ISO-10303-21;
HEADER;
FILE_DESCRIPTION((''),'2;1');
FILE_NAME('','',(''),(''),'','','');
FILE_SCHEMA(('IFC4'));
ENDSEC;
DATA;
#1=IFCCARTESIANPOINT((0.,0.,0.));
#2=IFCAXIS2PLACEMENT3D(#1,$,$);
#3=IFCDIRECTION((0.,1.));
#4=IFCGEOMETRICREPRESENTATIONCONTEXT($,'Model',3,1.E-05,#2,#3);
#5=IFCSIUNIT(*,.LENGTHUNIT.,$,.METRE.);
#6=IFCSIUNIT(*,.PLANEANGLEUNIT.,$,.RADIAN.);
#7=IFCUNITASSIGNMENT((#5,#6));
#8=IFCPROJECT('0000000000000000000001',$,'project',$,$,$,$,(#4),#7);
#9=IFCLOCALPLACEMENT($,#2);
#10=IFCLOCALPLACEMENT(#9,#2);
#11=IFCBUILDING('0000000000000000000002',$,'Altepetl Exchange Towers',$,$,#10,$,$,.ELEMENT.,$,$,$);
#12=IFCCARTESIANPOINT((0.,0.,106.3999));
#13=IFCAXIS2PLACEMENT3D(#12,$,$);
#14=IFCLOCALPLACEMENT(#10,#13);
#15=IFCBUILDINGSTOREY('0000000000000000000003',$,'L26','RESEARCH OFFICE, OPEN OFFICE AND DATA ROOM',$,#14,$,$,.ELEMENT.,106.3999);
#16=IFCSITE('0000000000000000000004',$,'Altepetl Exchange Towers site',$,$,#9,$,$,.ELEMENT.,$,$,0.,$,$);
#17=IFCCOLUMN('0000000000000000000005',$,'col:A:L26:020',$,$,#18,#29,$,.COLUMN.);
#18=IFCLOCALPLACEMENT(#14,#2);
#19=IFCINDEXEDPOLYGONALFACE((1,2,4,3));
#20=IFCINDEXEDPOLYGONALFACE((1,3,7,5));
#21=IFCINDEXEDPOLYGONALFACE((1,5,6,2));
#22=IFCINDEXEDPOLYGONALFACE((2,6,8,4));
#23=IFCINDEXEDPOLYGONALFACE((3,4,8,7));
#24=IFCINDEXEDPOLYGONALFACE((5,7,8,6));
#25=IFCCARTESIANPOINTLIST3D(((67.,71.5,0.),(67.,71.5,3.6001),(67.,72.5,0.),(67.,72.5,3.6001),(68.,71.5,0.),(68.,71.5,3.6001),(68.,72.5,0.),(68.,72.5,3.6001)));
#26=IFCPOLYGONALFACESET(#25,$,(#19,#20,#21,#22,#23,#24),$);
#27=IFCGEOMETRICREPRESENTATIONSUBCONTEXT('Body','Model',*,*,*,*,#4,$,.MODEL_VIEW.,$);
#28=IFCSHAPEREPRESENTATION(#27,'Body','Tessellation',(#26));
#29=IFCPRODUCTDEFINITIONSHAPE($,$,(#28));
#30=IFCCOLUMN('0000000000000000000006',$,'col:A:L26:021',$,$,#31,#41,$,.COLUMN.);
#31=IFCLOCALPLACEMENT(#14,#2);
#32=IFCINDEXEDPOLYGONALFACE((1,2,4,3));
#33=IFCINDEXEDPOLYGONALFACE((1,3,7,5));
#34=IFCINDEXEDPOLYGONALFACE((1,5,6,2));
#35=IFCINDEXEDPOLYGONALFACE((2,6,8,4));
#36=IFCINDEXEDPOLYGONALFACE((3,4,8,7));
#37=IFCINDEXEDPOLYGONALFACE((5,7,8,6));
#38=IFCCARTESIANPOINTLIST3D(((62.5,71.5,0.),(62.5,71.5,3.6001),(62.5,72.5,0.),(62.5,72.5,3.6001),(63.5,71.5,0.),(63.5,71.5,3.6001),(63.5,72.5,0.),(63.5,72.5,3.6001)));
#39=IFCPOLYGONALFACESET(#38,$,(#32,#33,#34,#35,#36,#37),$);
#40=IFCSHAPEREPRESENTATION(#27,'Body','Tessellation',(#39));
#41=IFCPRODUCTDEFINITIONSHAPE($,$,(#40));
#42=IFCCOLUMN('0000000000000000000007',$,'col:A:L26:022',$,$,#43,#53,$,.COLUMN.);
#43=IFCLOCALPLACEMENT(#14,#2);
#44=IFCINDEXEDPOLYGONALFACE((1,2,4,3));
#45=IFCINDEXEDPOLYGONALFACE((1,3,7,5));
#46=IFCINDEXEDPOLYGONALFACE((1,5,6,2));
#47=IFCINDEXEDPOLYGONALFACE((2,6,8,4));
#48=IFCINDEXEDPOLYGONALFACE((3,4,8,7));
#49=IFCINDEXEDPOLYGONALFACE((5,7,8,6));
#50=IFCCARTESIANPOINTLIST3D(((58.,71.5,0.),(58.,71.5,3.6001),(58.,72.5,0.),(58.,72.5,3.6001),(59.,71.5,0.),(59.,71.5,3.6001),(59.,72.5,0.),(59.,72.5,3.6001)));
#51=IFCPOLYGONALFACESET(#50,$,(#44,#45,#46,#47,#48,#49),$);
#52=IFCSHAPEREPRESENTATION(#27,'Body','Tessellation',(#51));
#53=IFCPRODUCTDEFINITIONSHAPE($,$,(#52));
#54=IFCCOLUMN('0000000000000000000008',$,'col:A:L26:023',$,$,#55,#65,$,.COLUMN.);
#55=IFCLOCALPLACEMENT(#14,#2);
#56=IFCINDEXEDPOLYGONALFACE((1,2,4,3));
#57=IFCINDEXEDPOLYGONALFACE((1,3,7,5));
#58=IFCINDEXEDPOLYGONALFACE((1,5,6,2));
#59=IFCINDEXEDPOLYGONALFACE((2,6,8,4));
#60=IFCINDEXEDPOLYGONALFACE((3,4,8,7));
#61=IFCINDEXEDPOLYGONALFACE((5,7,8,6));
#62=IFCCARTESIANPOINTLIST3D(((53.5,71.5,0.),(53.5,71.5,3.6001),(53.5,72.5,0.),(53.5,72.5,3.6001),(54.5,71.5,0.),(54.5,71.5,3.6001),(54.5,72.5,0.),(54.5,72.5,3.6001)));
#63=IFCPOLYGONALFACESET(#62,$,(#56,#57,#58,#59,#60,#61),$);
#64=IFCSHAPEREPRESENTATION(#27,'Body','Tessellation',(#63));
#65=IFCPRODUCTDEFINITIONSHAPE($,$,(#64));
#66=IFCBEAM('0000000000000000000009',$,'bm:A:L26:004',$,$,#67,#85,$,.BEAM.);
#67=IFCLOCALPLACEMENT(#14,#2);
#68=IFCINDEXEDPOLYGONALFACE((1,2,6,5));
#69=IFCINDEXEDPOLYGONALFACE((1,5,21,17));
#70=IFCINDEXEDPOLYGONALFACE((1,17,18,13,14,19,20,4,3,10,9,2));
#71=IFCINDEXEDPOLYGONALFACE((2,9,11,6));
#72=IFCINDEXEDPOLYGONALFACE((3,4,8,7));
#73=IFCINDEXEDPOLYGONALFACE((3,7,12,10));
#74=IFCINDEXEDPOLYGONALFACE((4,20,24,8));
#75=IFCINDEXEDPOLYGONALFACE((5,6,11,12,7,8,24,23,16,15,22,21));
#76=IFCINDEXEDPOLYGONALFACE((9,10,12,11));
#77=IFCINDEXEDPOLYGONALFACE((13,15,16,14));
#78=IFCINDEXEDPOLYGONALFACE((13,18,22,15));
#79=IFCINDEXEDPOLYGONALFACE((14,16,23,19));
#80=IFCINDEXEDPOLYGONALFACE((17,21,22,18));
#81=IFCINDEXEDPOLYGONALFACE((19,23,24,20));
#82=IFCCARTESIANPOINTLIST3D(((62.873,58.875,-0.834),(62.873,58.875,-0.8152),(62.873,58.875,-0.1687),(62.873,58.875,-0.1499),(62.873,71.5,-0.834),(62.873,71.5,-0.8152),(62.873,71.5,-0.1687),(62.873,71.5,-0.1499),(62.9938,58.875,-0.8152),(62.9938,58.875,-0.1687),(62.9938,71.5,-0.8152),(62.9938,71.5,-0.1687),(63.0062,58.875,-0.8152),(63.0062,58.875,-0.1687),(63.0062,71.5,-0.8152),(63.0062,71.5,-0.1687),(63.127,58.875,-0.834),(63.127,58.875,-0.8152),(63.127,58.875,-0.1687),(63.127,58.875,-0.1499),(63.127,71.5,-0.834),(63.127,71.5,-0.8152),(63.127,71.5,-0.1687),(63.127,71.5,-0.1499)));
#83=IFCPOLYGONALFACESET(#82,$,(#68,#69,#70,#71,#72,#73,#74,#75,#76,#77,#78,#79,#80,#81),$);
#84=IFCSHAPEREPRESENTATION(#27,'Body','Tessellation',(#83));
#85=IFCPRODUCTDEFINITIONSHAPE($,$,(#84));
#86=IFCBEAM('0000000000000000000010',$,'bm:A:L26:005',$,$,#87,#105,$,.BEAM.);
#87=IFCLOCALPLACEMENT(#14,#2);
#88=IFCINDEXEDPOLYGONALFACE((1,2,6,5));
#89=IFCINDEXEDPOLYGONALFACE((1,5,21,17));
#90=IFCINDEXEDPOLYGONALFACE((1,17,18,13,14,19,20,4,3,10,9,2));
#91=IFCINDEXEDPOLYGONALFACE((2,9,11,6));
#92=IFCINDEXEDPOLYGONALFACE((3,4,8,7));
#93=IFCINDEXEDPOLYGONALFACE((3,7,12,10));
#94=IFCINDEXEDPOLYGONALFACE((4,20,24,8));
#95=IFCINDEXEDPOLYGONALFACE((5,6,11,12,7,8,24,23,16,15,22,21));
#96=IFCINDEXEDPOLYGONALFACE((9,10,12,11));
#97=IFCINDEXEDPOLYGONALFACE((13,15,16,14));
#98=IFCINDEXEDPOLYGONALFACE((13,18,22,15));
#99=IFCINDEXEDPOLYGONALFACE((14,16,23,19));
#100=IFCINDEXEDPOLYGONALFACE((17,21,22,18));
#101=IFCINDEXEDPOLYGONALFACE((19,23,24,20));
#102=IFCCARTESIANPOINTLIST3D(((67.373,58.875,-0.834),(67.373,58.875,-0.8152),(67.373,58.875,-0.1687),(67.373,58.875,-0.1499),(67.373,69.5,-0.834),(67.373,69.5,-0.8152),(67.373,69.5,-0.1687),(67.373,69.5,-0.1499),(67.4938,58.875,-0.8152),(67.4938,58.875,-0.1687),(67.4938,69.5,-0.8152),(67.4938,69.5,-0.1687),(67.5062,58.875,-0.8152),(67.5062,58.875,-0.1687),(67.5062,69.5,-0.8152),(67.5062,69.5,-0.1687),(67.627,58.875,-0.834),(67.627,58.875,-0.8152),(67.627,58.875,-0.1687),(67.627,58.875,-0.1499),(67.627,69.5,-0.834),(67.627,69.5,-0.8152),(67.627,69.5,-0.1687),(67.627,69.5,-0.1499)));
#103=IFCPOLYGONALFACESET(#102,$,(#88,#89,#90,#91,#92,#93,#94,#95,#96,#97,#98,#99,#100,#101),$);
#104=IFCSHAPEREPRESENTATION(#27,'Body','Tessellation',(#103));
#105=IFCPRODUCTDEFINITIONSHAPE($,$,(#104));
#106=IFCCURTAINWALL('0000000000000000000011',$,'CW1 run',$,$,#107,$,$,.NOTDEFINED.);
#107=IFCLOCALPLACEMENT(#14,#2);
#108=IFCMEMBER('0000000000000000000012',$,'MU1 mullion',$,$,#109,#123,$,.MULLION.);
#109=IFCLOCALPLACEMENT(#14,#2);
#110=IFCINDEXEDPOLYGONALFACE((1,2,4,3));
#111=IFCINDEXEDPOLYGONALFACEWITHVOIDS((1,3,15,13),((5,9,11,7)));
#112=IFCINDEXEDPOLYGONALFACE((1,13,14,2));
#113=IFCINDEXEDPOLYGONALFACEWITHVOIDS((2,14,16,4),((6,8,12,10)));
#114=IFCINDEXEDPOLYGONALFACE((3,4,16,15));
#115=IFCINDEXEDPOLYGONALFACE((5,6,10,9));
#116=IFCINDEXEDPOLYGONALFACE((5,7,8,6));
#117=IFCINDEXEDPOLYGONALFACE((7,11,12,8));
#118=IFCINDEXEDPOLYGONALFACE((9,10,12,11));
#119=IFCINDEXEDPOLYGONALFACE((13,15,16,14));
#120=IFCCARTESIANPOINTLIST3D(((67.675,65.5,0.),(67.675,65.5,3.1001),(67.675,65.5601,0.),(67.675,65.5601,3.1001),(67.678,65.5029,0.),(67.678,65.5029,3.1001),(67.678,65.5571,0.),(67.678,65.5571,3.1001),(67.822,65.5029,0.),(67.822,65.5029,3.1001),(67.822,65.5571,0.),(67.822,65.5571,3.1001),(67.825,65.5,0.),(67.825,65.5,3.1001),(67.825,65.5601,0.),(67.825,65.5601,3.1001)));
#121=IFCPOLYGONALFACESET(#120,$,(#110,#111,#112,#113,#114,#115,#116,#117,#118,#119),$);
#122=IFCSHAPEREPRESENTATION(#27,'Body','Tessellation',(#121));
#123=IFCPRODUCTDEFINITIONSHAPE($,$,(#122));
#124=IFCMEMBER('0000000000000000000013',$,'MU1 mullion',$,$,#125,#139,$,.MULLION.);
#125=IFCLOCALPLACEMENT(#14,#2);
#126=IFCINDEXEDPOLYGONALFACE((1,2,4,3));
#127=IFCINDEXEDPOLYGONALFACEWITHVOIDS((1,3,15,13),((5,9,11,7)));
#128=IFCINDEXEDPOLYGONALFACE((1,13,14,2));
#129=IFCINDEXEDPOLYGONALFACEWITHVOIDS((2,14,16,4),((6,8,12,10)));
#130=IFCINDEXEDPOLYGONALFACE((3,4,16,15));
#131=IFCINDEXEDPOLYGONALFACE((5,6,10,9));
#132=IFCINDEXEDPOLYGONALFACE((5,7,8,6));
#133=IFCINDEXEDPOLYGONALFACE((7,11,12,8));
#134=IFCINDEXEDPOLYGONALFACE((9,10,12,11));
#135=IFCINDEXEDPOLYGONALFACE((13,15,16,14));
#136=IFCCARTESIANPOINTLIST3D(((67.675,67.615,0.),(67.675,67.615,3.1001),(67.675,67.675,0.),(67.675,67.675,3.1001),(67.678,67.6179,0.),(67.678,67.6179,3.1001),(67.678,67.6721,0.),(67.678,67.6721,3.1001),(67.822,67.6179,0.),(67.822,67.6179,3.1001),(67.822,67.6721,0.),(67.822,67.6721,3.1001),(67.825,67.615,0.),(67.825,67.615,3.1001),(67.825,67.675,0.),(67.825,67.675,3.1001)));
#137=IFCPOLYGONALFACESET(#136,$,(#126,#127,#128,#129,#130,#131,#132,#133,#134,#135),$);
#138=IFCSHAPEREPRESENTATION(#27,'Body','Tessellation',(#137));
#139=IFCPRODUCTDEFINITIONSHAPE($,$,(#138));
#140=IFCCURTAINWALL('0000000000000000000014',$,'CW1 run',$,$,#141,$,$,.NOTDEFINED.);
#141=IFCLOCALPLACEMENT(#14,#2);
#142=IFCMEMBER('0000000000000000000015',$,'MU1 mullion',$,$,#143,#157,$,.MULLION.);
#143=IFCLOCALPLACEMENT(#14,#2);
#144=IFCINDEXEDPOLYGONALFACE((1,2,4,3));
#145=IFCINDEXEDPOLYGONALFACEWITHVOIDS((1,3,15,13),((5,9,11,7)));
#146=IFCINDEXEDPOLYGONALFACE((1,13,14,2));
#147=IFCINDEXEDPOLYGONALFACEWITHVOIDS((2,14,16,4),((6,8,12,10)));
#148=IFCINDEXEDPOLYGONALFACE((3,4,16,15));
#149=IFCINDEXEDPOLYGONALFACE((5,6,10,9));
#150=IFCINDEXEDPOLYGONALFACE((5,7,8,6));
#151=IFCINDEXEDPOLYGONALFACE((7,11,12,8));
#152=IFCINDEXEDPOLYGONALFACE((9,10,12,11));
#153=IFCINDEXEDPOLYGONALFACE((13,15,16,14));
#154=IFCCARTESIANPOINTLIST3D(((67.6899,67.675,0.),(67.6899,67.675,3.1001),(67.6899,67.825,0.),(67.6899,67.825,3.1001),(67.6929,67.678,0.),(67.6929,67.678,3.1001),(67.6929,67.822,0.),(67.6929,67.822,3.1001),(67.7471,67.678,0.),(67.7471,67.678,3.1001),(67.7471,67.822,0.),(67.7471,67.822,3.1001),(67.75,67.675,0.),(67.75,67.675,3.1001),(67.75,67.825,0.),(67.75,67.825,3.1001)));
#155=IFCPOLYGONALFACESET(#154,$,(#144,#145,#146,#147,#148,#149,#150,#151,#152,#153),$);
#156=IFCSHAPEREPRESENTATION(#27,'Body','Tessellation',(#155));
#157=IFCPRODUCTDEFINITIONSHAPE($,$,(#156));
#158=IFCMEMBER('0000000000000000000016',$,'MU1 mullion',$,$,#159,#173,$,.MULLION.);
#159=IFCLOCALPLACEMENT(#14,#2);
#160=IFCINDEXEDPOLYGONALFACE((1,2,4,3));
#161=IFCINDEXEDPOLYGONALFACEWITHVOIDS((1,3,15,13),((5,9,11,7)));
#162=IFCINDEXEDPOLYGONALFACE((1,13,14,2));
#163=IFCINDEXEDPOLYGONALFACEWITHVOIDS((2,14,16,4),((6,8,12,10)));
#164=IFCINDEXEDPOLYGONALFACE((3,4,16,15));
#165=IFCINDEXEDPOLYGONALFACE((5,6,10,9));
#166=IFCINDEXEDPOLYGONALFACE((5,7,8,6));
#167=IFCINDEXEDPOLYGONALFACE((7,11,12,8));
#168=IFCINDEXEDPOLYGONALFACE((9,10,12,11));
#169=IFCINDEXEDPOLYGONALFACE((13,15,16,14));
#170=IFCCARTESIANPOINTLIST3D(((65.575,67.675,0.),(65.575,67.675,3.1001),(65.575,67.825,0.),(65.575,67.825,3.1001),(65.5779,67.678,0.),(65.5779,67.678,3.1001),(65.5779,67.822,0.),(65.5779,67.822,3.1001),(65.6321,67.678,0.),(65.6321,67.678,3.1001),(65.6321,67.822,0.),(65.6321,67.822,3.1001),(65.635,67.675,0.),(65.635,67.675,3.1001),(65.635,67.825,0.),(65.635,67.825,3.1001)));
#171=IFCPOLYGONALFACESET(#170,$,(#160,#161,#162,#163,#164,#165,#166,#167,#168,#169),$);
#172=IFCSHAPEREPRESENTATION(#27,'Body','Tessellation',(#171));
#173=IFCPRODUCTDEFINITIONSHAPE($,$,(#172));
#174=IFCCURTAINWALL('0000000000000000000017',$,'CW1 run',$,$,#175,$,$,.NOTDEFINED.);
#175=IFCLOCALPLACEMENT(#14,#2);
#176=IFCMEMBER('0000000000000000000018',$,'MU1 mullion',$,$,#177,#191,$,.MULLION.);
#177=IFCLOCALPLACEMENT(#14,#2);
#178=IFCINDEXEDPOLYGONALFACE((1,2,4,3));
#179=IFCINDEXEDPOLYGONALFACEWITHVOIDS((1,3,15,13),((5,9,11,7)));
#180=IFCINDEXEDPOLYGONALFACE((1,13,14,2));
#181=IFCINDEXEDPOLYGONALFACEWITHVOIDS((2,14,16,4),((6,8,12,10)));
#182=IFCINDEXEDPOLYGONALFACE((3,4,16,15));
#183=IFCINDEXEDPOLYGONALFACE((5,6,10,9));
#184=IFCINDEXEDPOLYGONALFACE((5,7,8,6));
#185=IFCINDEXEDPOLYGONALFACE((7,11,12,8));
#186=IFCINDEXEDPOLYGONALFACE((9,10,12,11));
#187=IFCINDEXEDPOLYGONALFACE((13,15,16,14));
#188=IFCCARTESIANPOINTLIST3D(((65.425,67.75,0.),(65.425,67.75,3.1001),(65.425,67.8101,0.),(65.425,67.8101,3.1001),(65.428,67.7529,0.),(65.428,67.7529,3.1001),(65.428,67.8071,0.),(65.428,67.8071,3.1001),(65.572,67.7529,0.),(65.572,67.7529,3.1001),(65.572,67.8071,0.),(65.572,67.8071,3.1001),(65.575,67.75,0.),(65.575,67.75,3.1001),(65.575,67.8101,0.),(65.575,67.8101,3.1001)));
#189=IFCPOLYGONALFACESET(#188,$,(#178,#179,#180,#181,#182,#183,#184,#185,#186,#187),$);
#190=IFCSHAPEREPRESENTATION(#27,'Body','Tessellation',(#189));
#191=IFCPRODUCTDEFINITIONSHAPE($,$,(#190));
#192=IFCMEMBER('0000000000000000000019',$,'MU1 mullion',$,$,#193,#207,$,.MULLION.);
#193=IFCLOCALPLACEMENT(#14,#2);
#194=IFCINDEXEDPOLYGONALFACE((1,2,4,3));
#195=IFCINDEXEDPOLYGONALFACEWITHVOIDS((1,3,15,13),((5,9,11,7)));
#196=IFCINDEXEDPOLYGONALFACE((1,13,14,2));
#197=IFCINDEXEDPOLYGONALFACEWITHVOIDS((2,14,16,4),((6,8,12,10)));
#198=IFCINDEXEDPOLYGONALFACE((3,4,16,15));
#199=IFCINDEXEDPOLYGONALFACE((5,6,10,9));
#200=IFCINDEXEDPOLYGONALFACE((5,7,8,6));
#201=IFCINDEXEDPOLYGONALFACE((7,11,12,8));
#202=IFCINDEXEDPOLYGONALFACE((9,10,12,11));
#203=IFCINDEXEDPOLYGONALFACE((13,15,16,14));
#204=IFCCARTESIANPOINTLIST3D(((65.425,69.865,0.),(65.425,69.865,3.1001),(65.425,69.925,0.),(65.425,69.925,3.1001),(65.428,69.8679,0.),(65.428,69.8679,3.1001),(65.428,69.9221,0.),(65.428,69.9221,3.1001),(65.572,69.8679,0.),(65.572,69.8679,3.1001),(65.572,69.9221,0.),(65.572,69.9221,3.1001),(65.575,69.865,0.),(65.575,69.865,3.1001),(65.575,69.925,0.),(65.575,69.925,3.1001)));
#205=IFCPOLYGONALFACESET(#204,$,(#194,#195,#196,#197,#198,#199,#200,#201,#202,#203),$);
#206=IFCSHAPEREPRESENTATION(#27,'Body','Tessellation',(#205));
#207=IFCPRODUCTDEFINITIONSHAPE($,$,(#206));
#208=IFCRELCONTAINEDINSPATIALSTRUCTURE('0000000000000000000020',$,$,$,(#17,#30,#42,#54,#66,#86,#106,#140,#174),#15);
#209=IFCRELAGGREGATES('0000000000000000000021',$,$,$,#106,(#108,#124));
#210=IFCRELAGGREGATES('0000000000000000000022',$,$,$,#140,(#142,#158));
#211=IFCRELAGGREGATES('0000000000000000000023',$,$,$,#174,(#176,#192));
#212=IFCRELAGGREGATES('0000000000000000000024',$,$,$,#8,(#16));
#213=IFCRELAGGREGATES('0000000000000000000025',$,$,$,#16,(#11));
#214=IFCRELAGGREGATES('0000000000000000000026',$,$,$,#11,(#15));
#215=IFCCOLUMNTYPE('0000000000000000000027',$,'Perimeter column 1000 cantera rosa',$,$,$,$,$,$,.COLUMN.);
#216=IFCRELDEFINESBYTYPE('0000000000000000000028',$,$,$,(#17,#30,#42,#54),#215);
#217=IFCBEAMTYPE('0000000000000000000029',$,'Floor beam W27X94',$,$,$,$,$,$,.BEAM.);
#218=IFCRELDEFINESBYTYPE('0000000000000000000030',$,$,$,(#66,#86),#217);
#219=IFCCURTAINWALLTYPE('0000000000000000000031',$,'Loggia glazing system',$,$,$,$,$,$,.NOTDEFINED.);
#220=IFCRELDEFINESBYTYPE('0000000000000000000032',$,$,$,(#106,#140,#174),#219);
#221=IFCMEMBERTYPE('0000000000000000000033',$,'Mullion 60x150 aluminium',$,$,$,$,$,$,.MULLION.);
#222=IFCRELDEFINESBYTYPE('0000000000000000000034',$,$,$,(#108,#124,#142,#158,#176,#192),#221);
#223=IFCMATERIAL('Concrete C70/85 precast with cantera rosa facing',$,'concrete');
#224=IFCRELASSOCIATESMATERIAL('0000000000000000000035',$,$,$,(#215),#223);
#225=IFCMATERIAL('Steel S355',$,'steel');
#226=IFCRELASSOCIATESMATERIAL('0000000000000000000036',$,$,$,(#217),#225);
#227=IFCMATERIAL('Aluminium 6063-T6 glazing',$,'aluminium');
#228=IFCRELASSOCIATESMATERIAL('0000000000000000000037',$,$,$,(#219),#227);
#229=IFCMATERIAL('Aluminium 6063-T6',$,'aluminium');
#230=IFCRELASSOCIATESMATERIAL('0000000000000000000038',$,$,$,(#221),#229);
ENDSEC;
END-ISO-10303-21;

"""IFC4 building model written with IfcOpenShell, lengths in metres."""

from ifc_helpers import new_model, si_unit, direction, frame, origin, origin_2d, place, context, subcontext, project, spatial, rectangle, hollow_rectangle, i_section, extrude, material, material_profile, profile_set, type_object, element, aggregate, save


model = new_model("IFC4")

# Units and contexts
model_context = context("Model", 3, precision=1e-05, world=origin(), true_north=direction((0.0, 1.0)))
body_context = subcontext(model_context, "Body", "Model", "MODEL_VIEW")
ifc_project = project(units=[si_unit("LENGTHUNIT", "METRE"), si_unit("PLANEANGLEUNIT", "RADIAN")], contexts=[model_context])

# Site, building, storey
site_placement = place(None, origin())
site = spatial("IfcSite", under=ifc_project, at=site_placement, Name="Altepetl Exchange Towers site", CompositionType="ELEMENT", RefElevation=0.0)
building_placement = place(site_placement, origin())
building = spatial("IfcBuilding", under=site, at=building_placement, Name="Altepetl Exchange Towers", CompositionType="ELEMENT")
storey_placement = place(building_placement, frame((0.0, 0.0, 106.3999)))
storey = spatial("IfcBuildingStorey", under=building, at=storey_placement, Name="L26", Description="RESEARCH OFFICE, OPEN OFFICE AND DATA ROOM", CompositionType="ELEMENT", Elevation=106.3999)

# Columns
ifc_material_1 = material(Name="Concrete C70/85 precast with cantera rosa facing", Category="concrete")
ifc_material_profile_1 = material_profile(ifc_material_1, rectangle(XDim=1.0, YDim=1.0, at=origin_2d()), Name="1000 x 1000")
ifc_profile_set_1 = profile_set([ifc_material_profile_1], Name="Concrete C70/85 precast with cantera rosa facing")
column_type = type_object("IfcColumnType", Name="Perimeter column 1000 cantera rosa", PredefinedType="COLUMN", material=ifc_profile_set_1)
for number, where, name in (
    (1, (67.5, 72.0, 0.0), "col:A:L26:020"),
    (2, (63.0, 72.0, 0.0), "col:A:L26:021"),
    (3, (58.5, 72.0, 0.0), "col:A:L26:022"),
    (4, (54.0, 72.0, 0.0), "col:A:L26:023"),
):
    element("IfcColumn", number, at=place(storey_placement, frame(where)), inside=storey, type_object=column_type, Name=name, PredefinedType="COLUMN", context=body_context, shape_type="SweptSolid", body=[
        extrude(rectangle(XDim=1.0, YDim=1.0, at=origin_2d()), origin(), (0.0, 0.0, 1.0), 3.6001),
    ])

# Beams
ifc_material_2 = material(Name="Steel S355", Category="steel")
ifc_material_profile_2 = material_profile(ifc_material_2, i_section(OverallWidth=0.2539, OverallDepth=0.6841, WebThickness=0.0125, FlangeThickness=0.0188, at=origin_2d()), Name="W27X94")
ifc_profile_set_2 = profile_set([ifc_material_profile_2], Name="Steel S355")
beam_type_1 = type_object("IfcBeamType", Name="Floor beam W27X94", PredefinedType="BEAM", material=ifc_profile_set_2)
beam_1_placement = place(storey_placement, frame((63.0, 58.875, -0.4919), z_axis=(0.0, 1.0, 0.0), x_axis=(-1.0, 0.0, 0.0)))
element("IfcBeam", 5, at=beam_1_placement, inside=storey, type_object=beam_type_1, Name="bm:A:L26:004", PredefinedType="BEAM", context=body_context, shape_type="SweptSolid", body=[
    extrude(i_section(OverallWidth=0.2539, OverallDepth=0.6841, WebThickness=0.0125, FlangeThickness=0.0188, at=origin_2d()), origin(), (0.0, 0.0, 1.0), 12.625),
])
beam_2_placement = place(storey_placement, frame((67.5, 58.875, -0.4919), z_axis=(0.0, 1.0, 0.0), x_axis=(-1.0, 0.0, 0.0)))
element("IfcBeam", 6, at=beam_2_placement, inside=storey, type_object=beam_type_1, Name="bm:A:L26:005", PredefinedType="BEAM", context=body_context, shape_type="SweptSolid", body=[
    extrude(i_section(OverallWidth=0.2539, OverallDepth=0.6841, WebThickness=0.0125, FlangeThickness=0.0188, at=origin_2d()), origin(), (0.0, 0.0, 1.0), 10.625),
])

# Curtain walls, members
ifc_material_3 = material(Name="Aluminium 6063-T6 glazing", Category="aluminium")
curtain_wall_type = type_object("IfcCurtainWallType", Name="Loggia glazing system", PredefinedType="NOTDEFINED", material=ifc_material_3)
curtain_wall_1_placement = place(storey_placement, origin())
curtain_wall_1 = element("IfcCurtainWall", 7, at=curtain_wall_1_placement, inside=storey, type_object=curtain_wall_type, Name="CW1 run", PredefinedType="NOTDEFINED")
ifc_material_4 = material(Name="Aluminium 6063-T6", Category="aluminium")
ifc_material_profile_3 = material_profile(ifc_material_4, hollow_rectangle(XDim=0.0601, YDim=0.1499, WallThickness=0.0029, at=origin_2d()), Name="Mullion 60x150 aluminium")
ifc_profile_set_3 = profile_set([ifc_material_profile_3], Name="Aluminium 6063-T6")
member_type = type_object("IfcMemberType", Name="Mullion 60x150 aluminium", PredefinedType="MULLION", material=ifc_profile_set_3)
member_1_placement = place(storey_placement, frame((67.75, 65.53, 0.0), z_axis=(0.0, 0.0, 1.0), x_axis=(0.0, 1.0, 0.0)))
member_1 = element("IfcMember", 8, at=member_1_placement, type_object=member_type, Name="MU1 mullion", PredefinedType="MULLION", context=body_context, shape_type="SweptSolid", body=[
    extrude(hollow_rectangle(XDim=0.0601, YDim=0.1499, WallThickness=0.0029, at=origin_2d()), origin(), (0.0, 0.0, 1.0), 3.1001),
])
member_2_placement = place(storey_placement, frame((67.75, 67.645, 0.0), z_axis=(0.0, 0.0, 1.0), x_axis=(0.0, 1.0, 0.0)))
member_2 = element("IfcMember", 9, at=member_2_placement, type_object=member_type, Name="MU1 mullion", PredefinedType="MULLION", context=body_context, shape_type="SweptSolid", body=[
    extrude(hollow_rectangle(XDim=0.0601, YDim=0.1499, WallThickness=0.0029, at=origin_2d()), origin(), (0.0, 0.0, 1.0), 3.1001),
])
curtain_wall_2_placement = place(storey_placement, origin())
curtain_wall_2 = element("IfcCurtainWall", 10, at=curtain_wall_2_placement, inside=storey, type_object=curtain_wall_type, Name="CW1 run", PredefinedType="NOTDEFINED")
member_3_placement = place(storey_placement, frame((67.72, 67.75, 0.0), z_axis=(0.0, 0.0, 1.0), x_axis=(-1.0, 0.0, 0.0)))
member_3 = element("IfcMember", 11, at=member_3_placement, type_object=member_type, Name="MU1 mullion", PredefinedType="MULLION", context=body_context, shape_type="SweptSolid", body=[
    extrude(hollow_rectangle(XDim=0.0601, YDim=0.1499, WallThickness=0.0029, at=origin_2d()), origin(), (0.0, 0.0, 1.0), 3.1001),
])
member_4_placement = place(storey_placement, frame((65.605, 67.75, 0.0), z_axis=(0.0, 0.0, 1.0), x_axis=(-1.0, 0.0, 0.0)))
member_4 = element("IfcMember", 12, at=member_4_placement, type_object=member_type, Name="MU1 mullion", PredefinedType="MULLION", context=body_context, shape_type="SweptSolid", body=[
    extrude(hollow_rectangle(XDim=0.0601, YDim=0.1499, WallThickness=0.0029, at=origin_2d()), origin(), (0.0, 0.0, 1.0), 3.1001),
])
curtain_wall_3_placement = place(storey_placement, origin())
curtain_wall_3 = element("IfcCurtainWall", 13, at=curtain_wall_3_placement, inside=storey, type_object=curtain_wall_type, Name="CW1 run", PredefinedType="NOTDEFINED")
member_5_placement = place(storey_placement, frame((65.5, 67.78, 0.0), z_axis=(0.0, 0.0, 1.0), x_axis=(0.0, 1.0, 0.0)))
member_5 = element("IfcMember", 14, at=member_5_placement, type_object=member_type, Name="MU1 mullion", PredefinedType="MULLION", context=body_context, shape_type="SweptSolid", body=[
    extrude(hollow_rectangle(XDim=0.0601, YDim=0.1499, WallThickness=0.0029, at=origin_2d()), origin(), (0.0, 0.0, 1.0), 3.1001),
])
member_6_placement = place(storey_placement, frame((65.5, 69.895, 0.0), z_axis=(0.0, 0.0, 1.0), x_axis=(0.0, 1.0, 0.0)))
member_6 = element("IfcMember", 15, at=member_6_placement, type_object=member_type, Name="MU1 mullion", PredefinedType="MULLION", context=body_context, shape_type="SweptSolid", body=[
    extrude(hollow_rectangle(XDim=0.0601, YDim=0.1499, WallThickness=0.0029, at=origin_2d()), origin(), (0.0, 0.0, 1.0), 3.1001),
])

aggregate(curtain_wall_1, [member_1, member_2])
aggregate(curtain_wall_2, [member_3, member_4])
aggregate(curtain_wall_3, [member_5, member_6])

save(model, "model.ifc")
